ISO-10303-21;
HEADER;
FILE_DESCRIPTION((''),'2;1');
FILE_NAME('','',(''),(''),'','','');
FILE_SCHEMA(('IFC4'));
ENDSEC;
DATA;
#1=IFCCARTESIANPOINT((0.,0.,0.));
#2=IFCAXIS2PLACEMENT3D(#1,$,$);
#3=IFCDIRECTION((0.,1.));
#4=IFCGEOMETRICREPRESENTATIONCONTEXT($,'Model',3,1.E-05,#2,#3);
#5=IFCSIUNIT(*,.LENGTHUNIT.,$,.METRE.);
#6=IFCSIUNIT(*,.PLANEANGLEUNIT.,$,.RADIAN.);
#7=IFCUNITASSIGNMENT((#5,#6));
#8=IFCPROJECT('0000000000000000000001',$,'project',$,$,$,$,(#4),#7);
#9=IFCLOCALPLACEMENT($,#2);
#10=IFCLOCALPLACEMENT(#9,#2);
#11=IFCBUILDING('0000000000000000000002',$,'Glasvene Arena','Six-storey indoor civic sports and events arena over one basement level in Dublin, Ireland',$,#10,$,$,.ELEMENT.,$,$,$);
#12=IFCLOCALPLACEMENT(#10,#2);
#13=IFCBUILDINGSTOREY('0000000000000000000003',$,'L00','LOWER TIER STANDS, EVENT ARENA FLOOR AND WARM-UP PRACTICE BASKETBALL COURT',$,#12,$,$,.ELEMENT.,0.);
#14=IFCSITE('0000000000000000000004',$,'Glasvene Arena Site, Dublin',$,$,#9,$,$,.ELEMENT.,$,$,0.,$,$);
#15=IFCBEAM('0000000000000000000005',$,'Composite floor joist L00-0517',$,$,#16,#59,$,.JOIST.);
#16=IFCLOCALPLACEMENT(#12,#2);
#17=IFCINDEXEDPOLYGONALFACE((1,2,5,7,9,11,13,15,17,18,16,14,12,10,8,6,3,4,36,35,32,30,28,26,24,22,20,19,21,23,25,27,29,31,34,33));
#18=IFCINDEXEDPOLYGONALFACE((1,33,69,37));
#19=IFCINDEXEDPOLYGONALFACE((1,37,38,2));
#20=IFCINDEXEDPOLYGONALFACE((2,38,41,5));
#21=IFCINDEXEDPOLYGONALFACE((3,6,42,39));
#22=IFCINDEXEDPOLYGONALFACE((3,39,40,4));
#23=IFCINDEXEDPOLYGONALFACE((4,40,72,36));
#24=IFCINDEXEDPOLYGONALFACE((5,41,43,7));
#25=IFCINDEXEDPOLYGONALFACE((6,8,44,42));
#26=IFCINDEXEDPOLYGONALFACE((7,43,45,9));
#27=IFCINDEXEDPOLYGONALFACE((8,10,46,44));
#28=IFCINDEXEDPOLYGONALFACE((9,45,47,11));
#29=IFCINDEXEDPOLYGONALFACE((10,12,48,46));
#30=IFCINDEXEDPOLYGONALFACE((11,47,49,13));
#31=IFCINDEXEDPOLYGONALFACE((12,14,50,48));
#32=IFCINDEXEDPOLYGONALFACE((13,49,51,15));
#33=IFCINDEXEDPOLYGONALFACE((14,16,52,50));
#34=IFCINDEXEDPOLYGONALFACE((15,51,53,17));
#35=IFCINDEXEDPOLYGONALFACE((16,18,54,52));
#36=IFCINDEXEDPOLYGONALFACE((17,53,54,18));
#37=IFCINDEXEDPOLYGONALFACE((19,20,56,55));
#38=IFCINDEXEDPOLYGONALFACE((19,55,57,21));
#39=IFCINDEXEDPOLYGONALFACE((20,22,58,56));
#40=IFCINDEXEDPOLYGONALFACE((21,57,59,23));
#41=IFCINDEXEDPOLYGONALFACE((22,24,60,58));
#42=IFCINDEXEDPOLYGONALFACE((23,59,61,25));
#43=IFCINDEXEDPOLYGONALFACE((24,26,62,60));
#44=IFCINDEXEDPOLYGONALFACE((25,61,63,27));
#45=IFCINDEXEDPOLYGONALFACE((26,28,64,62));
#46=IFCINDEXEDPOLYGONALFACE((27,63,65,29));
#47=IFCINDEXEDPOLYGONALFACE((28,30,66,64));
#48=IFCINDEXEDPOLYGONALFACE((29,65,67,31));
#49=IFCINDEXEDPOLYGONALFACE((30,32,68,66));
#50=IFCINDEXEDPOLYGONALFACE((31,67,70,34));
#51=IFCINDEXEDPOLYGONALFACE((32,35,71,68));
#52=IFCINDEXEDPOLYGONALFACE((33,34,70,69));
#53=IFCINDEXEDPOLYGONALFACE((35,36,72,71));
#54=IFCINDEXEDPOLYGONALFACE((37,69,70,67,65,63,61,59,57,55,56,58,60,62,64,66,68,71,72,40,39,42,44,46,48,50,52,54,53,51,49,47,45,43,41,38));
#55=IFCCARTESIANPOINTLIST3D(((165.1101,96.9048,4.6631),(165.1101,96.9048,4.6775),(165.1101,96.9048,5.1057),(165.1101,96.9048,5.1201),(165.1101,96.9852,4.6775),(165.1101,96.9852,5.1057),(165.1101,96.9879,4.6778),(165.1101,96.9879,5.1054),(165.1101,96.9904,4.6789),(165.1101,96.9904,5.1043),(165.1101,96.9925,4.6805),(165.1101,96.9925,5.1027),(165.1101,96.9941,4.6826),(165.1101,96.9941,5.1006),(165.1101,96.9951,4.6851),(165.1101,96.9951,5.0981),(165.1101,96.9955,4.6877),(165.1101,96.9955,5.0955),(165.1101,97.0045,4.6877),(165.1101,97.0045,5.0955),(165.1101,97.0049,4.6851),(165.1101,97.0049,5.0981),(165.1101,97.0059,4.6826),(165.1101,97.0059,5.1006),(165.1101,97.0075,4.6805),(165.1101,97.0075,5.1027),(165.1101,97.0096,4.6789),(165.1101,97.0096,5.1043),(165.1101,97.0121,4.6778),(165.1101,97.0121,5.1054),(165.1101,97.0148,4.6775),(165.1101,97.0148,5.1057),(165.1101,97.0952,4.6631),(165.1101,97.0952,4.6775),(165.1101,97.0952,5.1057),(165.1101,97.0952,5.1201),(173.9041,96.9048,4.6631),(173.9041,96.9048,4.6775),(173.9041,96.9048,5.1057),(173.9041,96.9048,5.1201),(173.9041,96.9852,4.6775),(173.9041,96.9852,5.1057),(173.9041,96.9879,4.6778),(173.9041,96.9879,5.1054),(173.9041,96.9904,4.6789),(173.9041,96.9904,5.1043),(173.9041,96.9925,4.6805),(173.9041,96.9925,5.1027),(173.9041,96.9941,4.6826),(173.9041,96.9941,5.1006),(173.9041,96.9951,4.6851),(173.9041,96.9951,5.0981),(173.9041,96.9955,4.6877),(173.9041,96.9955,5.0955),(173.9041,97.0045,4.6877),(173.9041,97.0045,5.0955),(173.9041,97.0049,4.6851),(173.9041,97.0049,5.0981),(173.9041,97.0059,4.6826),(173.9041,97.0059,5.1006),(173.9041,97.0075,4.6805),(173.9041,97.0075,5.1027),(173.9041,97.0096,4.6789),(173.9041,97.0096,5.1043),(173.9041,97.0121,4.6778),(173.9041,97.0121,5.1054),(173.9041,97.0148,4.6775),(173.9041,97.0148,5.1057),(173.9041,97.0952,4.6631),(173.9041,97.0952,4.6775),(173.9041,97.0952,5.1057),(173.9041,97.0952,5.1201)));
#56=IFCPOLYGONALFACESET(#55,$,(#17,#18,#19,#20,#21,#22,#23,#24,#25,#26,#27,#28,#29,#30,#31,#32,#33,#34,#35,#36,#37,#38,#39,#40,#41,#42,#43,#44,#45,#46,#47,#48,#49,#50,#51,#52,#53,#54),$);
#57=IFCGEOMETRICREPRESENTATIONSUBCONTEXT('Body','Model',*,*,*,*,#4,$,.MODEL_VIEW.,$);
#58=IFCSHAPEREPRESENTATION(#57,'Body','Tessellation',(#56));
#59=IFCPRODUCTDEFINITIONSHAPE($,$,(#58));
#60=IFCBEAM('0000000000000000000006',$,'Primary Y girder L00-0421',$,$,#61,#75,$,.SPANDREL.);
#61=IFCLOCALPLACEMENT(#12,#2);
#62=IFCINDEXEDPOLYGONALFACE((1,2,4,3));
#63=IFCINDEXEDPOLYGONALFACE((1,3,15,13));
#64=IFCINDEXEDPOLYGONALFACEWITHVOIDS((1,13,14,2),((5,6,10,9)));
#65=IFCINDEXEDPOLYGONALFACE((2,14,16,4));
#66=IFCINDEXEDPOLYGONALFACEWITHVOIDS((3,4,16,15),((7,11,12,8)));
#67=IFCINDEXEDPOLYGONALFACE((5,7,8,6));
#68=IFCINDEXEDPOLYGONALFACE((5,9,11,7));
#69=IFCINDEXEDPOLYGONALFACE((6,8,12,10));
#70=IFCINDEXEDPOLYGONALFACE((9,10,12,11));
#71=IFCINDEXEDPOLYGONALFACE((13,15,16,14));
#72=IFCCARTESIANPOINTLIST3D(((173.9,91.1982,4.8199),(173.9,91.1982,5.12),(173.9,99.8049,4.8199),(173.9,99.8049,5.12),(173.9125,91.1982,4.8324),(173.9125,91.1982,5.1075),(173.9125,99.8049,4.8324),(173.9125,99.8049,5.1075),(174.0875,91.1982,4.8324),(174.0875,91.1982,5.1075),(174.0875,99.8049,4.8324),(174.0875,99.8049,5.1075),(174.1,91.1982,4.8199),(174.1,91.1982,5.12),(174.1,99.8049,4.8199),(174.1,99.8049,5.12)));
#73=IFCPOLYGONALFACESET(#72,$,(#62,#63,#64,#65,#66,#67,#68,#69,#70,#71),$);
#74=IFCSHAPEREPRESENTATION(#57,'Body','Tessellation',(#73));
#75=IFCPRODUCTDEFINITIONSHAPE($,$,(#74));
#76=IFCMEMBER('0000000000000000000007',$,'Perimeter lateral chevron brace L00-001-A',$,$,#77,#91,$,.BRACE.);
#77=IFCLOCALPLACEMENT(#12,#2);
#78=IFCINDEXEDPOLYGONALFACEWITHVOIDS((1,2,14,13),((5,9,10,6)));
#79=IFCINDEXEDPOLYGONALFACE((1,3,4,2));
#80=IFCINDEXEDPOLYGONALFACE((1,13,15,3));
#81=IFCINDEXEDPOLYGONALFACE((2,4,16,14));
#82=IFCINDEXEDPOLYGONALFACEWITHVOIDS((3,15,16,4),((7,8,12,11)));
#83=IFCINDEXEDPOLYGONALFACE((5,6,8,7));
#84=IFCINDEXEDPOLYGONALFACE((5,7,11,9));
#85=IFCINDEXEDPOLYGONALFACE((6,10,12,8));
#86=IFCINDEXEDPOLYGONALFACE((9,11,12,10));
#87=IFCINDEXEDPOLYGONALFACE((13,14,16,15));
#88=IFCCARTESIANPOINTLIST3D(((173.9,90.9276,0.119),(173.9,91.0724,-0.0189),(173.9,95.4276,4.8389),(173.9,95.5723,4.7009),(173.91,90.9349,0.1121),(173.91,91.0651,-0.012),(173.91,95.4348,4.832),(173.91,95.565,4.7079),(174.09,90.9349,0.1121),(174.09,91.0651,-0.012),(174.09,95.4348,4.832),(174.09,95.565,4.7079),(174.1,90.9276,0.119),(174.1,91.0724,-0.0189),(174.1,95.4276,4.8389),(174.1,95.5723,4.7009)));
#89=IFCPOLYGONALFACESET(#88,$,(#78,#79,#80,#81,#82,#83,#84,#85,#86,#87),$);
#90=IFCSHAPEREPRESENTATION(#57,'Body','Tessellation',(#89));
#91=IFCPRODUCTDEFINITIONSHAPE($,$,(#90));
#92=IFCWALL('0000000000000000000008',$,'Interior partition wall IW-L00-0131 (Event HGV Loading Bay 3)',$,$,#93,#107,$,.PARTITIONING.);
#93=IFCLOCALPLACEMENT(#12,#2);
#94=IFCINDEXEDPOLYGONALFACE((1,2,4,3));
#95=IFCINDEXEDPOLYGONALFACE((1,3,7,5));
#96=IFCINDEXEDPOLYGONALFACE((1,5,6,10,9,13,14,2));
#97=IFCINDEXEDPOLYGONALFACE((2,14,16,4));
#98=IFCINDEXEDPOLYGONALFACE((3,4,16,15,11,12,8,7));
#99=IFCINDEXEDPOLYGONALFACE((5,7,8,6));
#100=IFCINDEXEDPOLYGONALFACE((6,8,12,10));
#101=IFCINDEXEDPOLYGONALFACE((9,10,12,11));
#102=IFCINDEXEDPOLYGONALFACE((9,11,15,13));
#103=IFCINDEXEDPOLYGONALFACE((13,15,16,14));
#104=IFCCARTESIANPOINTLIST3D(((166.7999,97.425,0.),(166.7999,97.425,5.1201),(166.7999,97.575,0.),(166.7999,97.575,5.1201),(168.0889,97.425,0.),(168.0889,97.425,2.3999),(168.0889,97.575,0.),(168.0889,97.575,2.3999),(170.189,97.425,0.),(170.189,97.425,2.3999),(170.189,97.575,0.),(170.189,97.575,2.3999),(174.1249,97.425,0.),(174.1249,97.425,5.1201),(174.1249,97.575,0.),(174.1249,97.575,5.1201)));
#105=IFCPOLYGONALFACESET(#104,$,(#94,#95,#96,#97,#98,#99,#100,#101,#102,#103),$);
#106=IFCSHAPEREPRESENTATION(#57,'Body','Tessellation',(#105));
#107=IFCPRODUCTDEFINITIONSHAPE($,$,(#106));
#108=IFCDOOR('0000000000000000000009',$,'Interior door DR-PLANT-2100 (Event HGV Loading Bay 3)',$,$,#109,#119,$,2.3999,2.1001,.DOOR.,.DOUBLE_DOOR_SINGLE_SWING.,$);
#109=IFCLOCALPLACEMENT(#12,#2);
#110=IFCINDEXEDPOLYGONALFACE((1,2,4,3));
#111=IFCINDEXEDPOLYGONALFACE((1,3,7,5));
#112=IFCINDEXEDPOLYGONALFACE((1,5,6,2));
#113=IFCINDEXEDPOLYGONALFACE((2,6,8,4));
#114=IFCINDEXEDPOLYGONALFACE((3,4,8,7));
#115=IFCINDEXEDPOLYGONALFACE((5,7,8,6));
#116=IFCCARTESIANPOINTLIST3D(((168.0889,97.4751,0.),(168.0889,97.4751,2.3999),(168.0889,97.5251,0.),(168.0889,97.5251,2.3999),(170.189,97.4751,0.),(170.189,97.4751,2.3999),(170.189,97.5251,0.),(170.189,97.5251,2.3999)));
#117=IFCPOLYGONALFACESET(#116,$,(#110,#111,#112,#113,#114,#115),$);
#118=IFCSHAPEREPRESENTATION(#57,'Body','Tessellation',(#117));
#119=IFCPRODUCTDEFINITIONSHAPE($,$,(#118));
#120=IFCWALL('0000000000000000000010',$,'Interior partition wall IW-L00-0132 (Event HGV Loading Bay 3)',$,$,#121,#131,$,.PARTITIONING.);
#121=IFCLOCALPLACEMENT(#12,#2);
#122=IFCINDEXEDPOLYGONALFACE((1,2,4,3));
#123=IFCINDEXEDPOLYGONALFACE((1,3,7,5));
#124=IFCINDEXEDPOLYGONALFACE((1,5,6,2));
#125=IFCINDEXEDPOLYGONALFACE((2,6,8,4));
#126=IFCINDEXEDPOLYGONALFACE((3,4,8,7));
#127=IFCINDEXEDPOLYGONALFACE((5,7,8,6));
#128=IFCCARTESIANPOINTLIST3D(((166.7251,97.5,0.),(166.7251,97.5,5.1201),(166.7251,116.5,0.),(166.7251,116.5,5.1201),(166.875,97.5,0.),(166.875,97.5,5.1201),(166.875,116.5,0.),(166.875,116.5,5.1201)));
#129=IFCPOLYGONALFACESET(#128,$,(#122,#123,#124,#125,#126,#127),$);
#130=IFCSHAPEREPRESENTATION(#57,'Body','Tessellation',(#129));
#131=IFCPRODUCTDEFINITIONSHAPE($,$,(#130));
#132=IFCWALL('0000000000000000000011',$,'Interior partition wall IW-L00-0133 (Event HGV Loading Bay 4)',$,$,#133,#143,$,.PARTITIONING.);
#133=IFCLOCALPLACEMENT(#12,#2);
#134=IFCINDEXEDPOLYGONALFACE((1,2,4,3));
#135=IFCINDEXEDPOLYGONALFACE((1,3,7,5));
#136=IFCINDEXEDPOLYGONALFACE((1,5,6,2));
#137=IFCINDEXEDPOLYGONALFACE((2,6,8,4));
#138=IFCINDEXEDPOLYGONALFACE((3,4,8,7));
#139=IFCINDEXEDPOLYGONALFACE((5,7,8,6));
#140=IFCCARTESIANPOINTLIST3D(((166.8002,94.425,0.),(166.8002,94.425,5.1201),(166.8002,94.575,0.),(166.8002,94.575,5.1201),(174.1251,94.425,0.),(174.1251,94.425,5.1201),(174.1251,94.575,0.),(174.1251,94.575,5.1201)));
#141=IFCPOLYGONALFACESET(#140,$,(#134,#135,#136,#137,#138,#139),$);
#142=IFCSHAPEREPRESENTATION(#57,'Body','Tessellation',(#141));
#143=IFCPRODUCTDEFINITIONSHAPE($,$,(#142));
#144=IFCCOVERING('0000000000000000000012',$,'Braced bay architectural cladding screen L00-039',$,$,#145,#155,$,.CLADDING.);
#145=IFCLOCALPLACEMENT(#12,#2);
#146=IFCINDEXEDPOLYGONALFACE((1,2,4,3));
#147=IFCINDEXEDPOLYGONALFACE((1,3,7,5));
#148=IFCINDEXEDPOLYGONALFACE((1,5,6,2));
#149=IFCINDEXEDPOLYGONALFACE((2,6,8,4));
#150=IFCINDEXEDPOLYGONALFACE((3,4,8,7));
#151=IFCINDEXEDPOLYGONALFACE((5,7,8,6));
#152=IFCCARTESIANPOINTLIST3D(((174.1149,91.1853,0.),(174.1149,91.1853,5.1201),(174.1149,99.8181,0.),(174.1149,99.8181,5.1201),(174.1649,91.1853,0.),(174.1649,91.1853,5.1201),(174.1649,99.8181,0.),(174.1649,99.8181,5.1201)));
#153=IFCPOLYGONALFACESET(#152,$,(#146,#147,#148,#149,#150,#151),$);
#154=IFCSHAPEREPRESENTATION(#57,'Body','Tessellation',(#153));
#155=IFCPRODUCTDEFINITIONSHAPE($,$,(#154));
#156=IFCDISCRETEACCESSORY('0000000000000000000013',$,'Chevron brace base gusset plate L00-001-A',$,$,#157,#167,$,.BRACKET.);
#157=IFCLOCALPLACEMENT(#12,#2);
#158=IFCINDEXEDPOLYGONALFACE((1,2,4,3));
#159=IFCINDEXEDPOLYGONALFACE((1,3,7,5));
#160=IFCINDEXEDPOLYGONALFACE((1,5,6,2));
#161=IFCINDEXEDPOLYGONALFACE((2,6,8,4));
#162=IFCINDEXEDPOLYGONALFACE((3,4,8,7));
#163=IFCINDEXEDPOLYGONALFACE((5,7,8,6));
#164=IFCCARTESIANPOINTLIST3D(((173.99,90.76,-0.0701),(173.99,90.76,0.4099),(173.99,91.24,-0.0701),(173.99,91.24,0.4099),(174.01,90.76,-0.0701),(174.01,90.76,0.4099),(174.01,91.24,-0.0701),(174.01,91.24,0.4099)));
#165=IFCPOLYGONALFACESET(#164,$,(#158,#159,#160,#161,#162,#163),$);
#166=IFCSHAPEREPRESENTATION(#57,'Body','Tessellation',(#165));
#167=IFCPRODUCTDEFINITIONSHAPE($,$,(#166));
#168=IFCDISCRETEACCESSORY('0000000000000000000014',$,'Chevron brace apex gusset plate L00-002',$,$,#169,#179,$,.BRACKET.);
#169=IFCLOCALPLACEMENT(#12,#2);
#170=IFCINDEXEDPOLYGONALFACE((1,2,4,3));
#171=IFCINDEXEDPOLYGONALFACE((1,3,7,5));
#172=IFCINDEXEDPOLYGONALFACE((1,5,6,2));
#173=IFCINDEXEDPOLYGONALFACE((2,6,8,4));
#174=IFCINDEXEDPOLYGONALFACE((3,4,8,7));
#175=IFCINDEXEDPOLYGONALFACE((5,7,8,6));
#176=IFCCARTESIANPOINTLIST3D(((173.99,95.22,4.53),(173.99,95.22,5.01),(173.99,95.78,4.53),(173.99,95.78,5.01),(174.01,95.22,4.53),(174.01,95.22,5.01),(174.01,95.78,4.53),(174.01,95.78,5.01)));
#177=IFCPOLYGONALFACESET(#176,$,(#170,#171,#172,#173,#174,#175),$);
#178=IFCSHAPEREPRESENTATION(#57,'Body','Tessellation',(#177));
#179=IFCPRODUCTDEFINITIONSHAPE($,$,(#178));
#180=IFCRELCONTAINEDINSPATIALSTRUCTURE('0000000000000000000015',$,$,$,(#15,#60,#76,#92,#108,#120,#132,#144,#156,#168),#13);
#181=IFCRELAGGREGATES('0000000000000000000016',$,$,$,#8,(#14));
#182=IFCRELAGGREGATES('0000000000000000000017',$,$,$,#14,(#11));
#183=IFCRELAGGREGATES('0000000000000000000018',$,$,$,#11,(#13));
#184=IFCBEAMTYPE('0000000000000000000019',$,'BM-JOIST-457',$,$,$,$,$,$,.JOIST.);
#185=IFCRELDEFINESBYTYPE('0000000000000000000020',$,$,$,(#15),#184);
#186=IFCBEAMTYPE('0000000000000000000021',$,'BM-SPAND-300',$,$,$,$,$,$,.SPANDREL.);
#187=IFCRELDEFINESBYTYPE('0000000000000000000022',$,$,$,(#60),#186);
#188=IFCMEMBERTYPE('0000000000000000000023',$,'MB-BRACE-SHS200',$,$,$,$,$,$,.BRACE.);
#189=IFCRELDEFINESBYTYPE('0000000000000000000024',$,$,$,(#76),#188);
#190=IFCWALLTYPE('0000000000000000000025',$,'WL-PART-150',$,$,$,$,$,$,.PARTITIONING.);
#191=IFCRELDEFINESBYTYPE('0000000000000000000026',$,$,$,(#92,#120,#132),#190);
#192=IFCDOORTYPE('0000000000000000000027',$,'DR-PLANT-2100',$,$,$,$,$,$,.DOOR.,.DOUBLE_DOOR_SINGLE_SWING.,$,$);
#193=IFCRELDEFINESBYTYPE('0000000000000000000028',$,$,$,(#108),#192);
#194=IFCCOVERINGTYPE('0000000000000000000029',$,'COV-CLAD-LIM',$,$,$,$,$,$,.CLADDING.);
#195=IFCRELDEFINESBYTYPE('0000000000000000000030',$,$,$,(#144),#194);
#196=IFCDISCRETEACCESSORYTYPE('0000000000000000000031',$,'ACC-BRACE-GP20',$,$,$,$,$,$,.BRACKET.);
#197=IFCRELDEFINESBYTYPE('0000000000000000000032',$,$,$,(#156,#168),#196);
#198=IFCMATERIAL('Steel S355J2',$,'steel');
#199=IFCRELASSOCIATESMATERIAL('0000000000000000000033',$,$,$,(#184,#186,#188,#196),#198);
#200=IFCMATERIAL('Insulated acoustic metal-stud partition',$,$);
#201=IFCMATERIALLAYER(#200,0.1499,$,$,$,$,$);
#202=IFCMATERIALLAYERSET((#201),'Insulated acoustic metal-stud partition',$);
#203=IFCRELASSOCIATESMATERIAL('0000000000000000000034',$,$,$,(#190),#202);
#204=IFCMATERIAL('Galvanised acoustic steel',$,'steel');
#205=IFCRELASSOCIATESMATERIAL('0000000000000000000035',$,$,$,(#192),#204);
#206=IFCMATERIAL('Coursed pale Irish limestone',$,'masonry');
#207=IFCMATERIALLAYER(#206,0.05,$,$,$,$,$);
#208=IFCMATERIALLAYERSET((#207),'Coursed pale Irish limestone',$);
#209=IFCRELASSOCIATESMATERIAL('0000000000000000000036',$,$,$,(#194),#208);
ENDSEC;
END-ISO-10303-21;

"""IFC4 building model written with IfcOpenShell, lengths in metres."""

from ifc_helpers import new_model, si_unit, direction, frame, frame_2d, origin, origin_2d, place, context, subcontext, project, spatial, rectangle, hollow_rectangle, i_section, extrude, material, layer, layer_set, material_profile, profile_set, type_object, element, fill, save


model = new_model("IFC4")

# Units and contexts
model_context = context("Model", 3, precision=1e-05, world=origin(), true_north=direction((0.0, 1.0)))
body_context = subcontext(model_context, "Body", "Model", "MODEL_VIEW")
ifc_project = project(units=[si_unit("LENGTHUNIT", "METRE"), si_unit("PLANEANGLEUNIT", "RADIAN")], contexts=[model_context])

# Site, building, storey
site_placement = place(None, origin())
site = spatial("IfcSite", under=ifc_project, at=site_placement, Name="Glasvene Arena Site, Dublin", CompositionType="ELEMENT", RefElevation=0.0)
building_placement = place(site_placement, origin())
building = spatial("IfcBuilding", under=site, at=building_placement, Name="Glasvene Arena", Description="Six-storey indoor civic sports and events arena over one basement level in Dublin, Ireland", CompositionType="ELEMENT")
storey_placement = place(building_placement, origin())
storey = spatial("IfcBuildingStorey", under=building, at=storey_placement, Name="L00", Description="LOWER TIER STANDS, EVENT ARENA FLOOR AND WARM-UP PRACTICE BASKETBALL COURT", CompositionType="ELEMENT", Elevation=0.0)

# Shared definitions
ifc_material_1 = material(Name="Steel S355J2", Category="steel")

# Beams
ifc_material_profile_1 = material_profile(ifc_material_1, i_section(OverallWidth=0.1904, OverallDepth=0.457, WebThickness=0.009, FlangeThickness=0.0144, FilletRadius=0.0103, at=origin_2d()), Name="UKB 457x191x74")
ifc_profile_set_1 = profile_set([ifc_material_profile_1], Name="Steel S355J2")
beam_type_1 = type_object("IfcBeamType", Name="BM-JOIST-457", PredefinedType="JOIST", material=ifc_profile_set_1)
for number, where, z_axis, x_axis, name in (
    (1, (165.1101, 97.0, 4.8916), (1.0, 0.0, 0.0), (0.0, 1.0, 0.0), "Composite floor joist L00-0517"),
):
    element("IfcBeam", number, at=place(storey_placement, frame(where, z_axis=z_axis, x_axis=x_axis)), inside=storey, type_object=beam_type_1, Name=name, PredefinedType="JOIST", context=body_context, shape_type="SweptSolid", body=[
        extrude(i_section(OverallWidth=0.1904, OverallDepth=0.457, WebThickness=0.009, FlangeThickness=0.0144, FilletRadius=0.0103, at=origin_2d()), origin(), (0.0, 0.0, 1.0), 8.7939),
    ])
ifc_material_profile_2 = material_profile(ifc_material_1, hollow_rectangle(XDim=0.2, YDim=0.3, WallThickness=0.0125, at=origin_2d()), Name="RHS 300x200x12.5")
ifc_profile_set_2 = profile_set([ifc_material_profile_2], Name="Steel S355J2")
beam_type_2 = type_object("IfcBeamType", Name="BM-SPAND-300", PredefinedType="SPANDREL", material=ifc_profile_set_2)
beam_1_placement = place(storey_placement, frame((174.0, 91.1982, 4.97), z_axis=(0.0, 1.0, 0.0), x_axis=(-1.0, 0.0, 0.0)))
element("IfcBeam", 2, at=beam_1_placement, inside=storey, type_object=beam_type_2, Name="Primary Y girder L00-0421", PredefinedType="SPANDREL", context=body_context, shape_type="SweptSolid", body=[
    extrude(hollow_rectangle(XDim=0.2, YDim=0.3, WallThickness=0.0125, at=origin_2d()), origin(), (0.0, 0.0, 1.0), 8.6067),
])

# Member
ifc_material_profile_3 = material_profile(ifc_material_1, hollow_rectangle(XDim=0.2, YDim=0.2, WallThickness=0.01, at=origin_2d()), Name="SHS 200x200x10.0")
ifc_profile_set_3 = profile_set([ifc_material_profile_3], Name="Steel S355J2")
member_type = type_object("IfcMemberType", Name="MB-BRACE-SHS200", PredefinedType="BRACE", material=ifc_profile_set_3)
member_placement = place(storey_placement, frame((174.0, 91.0, 0.05), z_axis=(0.0, 0.69004, 0.723771), x_axis=(-1.0, 0.0, 0.0)))
element("IfcMember", 3, at=member_placement, inside=storey, type_object=member_type, Name="Perimeter lateral chevron brace L00-001-A", PredefinedType="BRACE", context=body_context, shape_type="SweptSolid", body=[
    extrude(hollow_rectangle(XDim=0.2, YDim=0.2, WallThickness=0.01, at=origin_2d()), origin(), (0.0, 0.0, 1.0), 6.5212),
])

# Wall, opening, door
ifc_material_2 = material(Name="Insulated acoustic metal-stud partition")
ifc_layer_1 = layer(ifc_material_2, 0.1499)
ifc_layer_set_1 = layer_set([ifc_layer_1], Name="Insulated acoustic metal-stud partition")
wall_type = type_object("IfcWallType", Name="WL-PART-150", PredefinedType="PARTITIONING", material=ifc_layer_set_1)
wall_1_placement = place(storey_placement, frame((174.125, 97.5, 0.0), z_axis=(0.0, 0.0, 1.0), x_axis=(-1.0, 0.0, 0.0)))
wall_1 = element("IfcWall", 4, at=wall_1_placement, inside=storey, type_object=wall_type, Name="Interior partition wall IW-L00-0131 (Event HGV Loading Bay 3)", PredefinedType="PARTITIONING", context=body_context, shape_type="SweptSolid", body=[
    extrude(rectangle(XDim=7.325, YDim=0.1499, at=frame_2d((3.6626, 0.0))), origin(), (0.0, 0.0, 1.0), 5.1201),
])
opening_placement = place(wall_1_placement, frame((3.936, 0.0, 0.0)))
opening = element("IfcOpeningElement", 5, at=opening_placement, cuts=wall_1, PredefinedType="OPENING", context=body_context, shape_type="SweptSolid", body=[
    extrude(rectangle(XDim=2.1001, YDim=2.3999, at=frame_2d((1.05, 1.2))), frame((0.0, 0.085, 0.0), z_axis=(0.0, -1.0, 0.0), x_axis=(1.0, 0.0, 0.0)), (0.0, 0.0, 1.0), 0.1699),
])
ifc_material_3 = material(Name="Galvanised acoustic steel", Category="steel")
door_type = type_object("IfcDoorType", Name="DR-PLANT-2100", OperationType="DOUBLE_DOOR_SINGLE_SWING", PredefinedType="DOOR", material=ifc_material_3)
door_placement = place(opening_placement, origin())
door = element("IfcDoor", 6, at=door_placement, inside=storey, type_object=door_type, Name="Interior door DR-PLANT-2100 (Event HGV Loading Bay 3)", OperationType="DOUBLE_DOOR_SINGLE_SWING", OverallHeight=2.3999, OverallWidth=2.1001, PredefinedType="DOOR", context=body_context, shape_type="SweptSolid", body=[
    extrude(rectangle(XDim=2.1001, YDim=2.3999, at=frame_2d((1.05, 1.2))), frame((0.0, 0.0249, 0.0), z_axis=(0.0, -1.0, 0.0), x_axis=(1.0, 0.0, 0.0)), (0.0, 0.0, 1.0), 0.05),
])
fill(opening, door)

# Walls
wall_2_placement = place(storey_placement, frame((166.8, 97.5, 0.0), z_axis=(0.0, 0.0, 1.0), x_axis=(0.0, 1.0, 0.0)))
element("IfcWall", 7, at=wall_2_placement, inside=storey, type_object=wall_type, Name="Interior partition wall IW-L00-0132 (Event HGV Loading Bay 3)", PredefinedType="PARTITIONING", context=body_context, shape_type="SweptSolid", body=[
    extrude(rectangle(XDim=19.0, YDim=0.1499, at=frame_2d((9.5, 0.0))), origin(), (0.0, 0.0, 1.0), 5.1201),
])
wall_3_placement = place(storey_placement, frame((166.8, 94.5, 0.0), z_axis=(0.0, 0.0, 1.0), x_axis=(1.0, 0.0, 0.0)))
element("IfcWall", 8, at=wall_3_placement, inside=storey, type_object=wall_type, Name="Interior partition wall IW-L00-0133 (Event HGV Loading Bay 4)", PredefinedType="PARTITIONING", context=body_context, shape_type="SweptSolid", body=[
    extrude(rectangle(XDim=7.325, YDim=0.1499, at=frame_2d((3.6626, 0.0))), origin(), (0.0, 0.0, 1.0), 5.1201),
])

# Covering
ifc_material_4 = material(Name="Coursed pale Irish limestone", Category="masonry")
ifc_layer_2 = layer(ifc_material_4, 0.05)
ifc_layer_set_2 = layer_set([ifc_layer_2], Name="Coursed pale Irish limestone")
covering_type = type_object("IfcCoveringType", Name="COV-CLAD-LIM", PredefinedType="CLADDING", material=ifc_layer_set_2)
covering_placement = place(storey_placement, frame((174.1399, 95.5017, 0.0), z_axis=(0.0, 0.0, 1.0), x_axis=(0.0, -1.0, 0.0)))
element("IfcCovering", 9, at=covering_placement, inside=storey, type_object=covering_type, Name="Braced bay architectural cladding screen L00-039", PredefinedType="CLADDING", context=body_context, shape_type="SweptSolid", body=[
    extrude(rectangle(XDim=8.6328, YDim=0.05, at=origin_2d()), origin(), (0.0, 0.0, 1.0), 5.1201),
])

# Discrete accessories
discrete_accessory_type_1 = type_object("IfcDiscreteAccessoryType", Name="ACC-BRACE-GP20", PredefinedType="BRACKET", material=ifc_material_1)
discrete_accessory_1_placement = place(storey_placement, frame((174.0, 91.0, -0.0701), z_axis=(0.0, 0.0, 1.0), x_axis=(1.0, 0.0, 0.0)))
element("IfcDiscreteAccessory", 10, at=discrete_accessory_1_placement, inside=storey, type_object=discrete_accessory_type_1, Name="Chevron brace base gusset plate L00-001-A", PredefinedType="BRACKET", context=body_context, shape_type="SweptSolid", body=[
    extrude(rectangle(XDim=0.02, YDim=0.48, at=origin_2d()), origin(), (0.0, 0.0, 1.0), 0.48),
])
discrete_accessory_2_placement = place(storey_placement, frame((174.0, 95.5, 4.53), z_axis=(0.0, 0.0, 1.0), x_axis=(1.0, 0.0, 0.0)))
element("IfcDiscreteAccessory", 11, at=discrete_accessory_2_placement, inside=storey, type_object=discrete_accessory_type_1, Name="Chevron brace apex gusset plate L00-002", PredefinedType="BRACKET", context=body_context, shape_type="SweptSolid", body=[
    extrude(rectangle(XDim=0.02, YDim=0.5601, at=origin_2d()), origin(), (0.0, 0.0, 1.0), 0.48),
])

save(model, "model.ifc")
